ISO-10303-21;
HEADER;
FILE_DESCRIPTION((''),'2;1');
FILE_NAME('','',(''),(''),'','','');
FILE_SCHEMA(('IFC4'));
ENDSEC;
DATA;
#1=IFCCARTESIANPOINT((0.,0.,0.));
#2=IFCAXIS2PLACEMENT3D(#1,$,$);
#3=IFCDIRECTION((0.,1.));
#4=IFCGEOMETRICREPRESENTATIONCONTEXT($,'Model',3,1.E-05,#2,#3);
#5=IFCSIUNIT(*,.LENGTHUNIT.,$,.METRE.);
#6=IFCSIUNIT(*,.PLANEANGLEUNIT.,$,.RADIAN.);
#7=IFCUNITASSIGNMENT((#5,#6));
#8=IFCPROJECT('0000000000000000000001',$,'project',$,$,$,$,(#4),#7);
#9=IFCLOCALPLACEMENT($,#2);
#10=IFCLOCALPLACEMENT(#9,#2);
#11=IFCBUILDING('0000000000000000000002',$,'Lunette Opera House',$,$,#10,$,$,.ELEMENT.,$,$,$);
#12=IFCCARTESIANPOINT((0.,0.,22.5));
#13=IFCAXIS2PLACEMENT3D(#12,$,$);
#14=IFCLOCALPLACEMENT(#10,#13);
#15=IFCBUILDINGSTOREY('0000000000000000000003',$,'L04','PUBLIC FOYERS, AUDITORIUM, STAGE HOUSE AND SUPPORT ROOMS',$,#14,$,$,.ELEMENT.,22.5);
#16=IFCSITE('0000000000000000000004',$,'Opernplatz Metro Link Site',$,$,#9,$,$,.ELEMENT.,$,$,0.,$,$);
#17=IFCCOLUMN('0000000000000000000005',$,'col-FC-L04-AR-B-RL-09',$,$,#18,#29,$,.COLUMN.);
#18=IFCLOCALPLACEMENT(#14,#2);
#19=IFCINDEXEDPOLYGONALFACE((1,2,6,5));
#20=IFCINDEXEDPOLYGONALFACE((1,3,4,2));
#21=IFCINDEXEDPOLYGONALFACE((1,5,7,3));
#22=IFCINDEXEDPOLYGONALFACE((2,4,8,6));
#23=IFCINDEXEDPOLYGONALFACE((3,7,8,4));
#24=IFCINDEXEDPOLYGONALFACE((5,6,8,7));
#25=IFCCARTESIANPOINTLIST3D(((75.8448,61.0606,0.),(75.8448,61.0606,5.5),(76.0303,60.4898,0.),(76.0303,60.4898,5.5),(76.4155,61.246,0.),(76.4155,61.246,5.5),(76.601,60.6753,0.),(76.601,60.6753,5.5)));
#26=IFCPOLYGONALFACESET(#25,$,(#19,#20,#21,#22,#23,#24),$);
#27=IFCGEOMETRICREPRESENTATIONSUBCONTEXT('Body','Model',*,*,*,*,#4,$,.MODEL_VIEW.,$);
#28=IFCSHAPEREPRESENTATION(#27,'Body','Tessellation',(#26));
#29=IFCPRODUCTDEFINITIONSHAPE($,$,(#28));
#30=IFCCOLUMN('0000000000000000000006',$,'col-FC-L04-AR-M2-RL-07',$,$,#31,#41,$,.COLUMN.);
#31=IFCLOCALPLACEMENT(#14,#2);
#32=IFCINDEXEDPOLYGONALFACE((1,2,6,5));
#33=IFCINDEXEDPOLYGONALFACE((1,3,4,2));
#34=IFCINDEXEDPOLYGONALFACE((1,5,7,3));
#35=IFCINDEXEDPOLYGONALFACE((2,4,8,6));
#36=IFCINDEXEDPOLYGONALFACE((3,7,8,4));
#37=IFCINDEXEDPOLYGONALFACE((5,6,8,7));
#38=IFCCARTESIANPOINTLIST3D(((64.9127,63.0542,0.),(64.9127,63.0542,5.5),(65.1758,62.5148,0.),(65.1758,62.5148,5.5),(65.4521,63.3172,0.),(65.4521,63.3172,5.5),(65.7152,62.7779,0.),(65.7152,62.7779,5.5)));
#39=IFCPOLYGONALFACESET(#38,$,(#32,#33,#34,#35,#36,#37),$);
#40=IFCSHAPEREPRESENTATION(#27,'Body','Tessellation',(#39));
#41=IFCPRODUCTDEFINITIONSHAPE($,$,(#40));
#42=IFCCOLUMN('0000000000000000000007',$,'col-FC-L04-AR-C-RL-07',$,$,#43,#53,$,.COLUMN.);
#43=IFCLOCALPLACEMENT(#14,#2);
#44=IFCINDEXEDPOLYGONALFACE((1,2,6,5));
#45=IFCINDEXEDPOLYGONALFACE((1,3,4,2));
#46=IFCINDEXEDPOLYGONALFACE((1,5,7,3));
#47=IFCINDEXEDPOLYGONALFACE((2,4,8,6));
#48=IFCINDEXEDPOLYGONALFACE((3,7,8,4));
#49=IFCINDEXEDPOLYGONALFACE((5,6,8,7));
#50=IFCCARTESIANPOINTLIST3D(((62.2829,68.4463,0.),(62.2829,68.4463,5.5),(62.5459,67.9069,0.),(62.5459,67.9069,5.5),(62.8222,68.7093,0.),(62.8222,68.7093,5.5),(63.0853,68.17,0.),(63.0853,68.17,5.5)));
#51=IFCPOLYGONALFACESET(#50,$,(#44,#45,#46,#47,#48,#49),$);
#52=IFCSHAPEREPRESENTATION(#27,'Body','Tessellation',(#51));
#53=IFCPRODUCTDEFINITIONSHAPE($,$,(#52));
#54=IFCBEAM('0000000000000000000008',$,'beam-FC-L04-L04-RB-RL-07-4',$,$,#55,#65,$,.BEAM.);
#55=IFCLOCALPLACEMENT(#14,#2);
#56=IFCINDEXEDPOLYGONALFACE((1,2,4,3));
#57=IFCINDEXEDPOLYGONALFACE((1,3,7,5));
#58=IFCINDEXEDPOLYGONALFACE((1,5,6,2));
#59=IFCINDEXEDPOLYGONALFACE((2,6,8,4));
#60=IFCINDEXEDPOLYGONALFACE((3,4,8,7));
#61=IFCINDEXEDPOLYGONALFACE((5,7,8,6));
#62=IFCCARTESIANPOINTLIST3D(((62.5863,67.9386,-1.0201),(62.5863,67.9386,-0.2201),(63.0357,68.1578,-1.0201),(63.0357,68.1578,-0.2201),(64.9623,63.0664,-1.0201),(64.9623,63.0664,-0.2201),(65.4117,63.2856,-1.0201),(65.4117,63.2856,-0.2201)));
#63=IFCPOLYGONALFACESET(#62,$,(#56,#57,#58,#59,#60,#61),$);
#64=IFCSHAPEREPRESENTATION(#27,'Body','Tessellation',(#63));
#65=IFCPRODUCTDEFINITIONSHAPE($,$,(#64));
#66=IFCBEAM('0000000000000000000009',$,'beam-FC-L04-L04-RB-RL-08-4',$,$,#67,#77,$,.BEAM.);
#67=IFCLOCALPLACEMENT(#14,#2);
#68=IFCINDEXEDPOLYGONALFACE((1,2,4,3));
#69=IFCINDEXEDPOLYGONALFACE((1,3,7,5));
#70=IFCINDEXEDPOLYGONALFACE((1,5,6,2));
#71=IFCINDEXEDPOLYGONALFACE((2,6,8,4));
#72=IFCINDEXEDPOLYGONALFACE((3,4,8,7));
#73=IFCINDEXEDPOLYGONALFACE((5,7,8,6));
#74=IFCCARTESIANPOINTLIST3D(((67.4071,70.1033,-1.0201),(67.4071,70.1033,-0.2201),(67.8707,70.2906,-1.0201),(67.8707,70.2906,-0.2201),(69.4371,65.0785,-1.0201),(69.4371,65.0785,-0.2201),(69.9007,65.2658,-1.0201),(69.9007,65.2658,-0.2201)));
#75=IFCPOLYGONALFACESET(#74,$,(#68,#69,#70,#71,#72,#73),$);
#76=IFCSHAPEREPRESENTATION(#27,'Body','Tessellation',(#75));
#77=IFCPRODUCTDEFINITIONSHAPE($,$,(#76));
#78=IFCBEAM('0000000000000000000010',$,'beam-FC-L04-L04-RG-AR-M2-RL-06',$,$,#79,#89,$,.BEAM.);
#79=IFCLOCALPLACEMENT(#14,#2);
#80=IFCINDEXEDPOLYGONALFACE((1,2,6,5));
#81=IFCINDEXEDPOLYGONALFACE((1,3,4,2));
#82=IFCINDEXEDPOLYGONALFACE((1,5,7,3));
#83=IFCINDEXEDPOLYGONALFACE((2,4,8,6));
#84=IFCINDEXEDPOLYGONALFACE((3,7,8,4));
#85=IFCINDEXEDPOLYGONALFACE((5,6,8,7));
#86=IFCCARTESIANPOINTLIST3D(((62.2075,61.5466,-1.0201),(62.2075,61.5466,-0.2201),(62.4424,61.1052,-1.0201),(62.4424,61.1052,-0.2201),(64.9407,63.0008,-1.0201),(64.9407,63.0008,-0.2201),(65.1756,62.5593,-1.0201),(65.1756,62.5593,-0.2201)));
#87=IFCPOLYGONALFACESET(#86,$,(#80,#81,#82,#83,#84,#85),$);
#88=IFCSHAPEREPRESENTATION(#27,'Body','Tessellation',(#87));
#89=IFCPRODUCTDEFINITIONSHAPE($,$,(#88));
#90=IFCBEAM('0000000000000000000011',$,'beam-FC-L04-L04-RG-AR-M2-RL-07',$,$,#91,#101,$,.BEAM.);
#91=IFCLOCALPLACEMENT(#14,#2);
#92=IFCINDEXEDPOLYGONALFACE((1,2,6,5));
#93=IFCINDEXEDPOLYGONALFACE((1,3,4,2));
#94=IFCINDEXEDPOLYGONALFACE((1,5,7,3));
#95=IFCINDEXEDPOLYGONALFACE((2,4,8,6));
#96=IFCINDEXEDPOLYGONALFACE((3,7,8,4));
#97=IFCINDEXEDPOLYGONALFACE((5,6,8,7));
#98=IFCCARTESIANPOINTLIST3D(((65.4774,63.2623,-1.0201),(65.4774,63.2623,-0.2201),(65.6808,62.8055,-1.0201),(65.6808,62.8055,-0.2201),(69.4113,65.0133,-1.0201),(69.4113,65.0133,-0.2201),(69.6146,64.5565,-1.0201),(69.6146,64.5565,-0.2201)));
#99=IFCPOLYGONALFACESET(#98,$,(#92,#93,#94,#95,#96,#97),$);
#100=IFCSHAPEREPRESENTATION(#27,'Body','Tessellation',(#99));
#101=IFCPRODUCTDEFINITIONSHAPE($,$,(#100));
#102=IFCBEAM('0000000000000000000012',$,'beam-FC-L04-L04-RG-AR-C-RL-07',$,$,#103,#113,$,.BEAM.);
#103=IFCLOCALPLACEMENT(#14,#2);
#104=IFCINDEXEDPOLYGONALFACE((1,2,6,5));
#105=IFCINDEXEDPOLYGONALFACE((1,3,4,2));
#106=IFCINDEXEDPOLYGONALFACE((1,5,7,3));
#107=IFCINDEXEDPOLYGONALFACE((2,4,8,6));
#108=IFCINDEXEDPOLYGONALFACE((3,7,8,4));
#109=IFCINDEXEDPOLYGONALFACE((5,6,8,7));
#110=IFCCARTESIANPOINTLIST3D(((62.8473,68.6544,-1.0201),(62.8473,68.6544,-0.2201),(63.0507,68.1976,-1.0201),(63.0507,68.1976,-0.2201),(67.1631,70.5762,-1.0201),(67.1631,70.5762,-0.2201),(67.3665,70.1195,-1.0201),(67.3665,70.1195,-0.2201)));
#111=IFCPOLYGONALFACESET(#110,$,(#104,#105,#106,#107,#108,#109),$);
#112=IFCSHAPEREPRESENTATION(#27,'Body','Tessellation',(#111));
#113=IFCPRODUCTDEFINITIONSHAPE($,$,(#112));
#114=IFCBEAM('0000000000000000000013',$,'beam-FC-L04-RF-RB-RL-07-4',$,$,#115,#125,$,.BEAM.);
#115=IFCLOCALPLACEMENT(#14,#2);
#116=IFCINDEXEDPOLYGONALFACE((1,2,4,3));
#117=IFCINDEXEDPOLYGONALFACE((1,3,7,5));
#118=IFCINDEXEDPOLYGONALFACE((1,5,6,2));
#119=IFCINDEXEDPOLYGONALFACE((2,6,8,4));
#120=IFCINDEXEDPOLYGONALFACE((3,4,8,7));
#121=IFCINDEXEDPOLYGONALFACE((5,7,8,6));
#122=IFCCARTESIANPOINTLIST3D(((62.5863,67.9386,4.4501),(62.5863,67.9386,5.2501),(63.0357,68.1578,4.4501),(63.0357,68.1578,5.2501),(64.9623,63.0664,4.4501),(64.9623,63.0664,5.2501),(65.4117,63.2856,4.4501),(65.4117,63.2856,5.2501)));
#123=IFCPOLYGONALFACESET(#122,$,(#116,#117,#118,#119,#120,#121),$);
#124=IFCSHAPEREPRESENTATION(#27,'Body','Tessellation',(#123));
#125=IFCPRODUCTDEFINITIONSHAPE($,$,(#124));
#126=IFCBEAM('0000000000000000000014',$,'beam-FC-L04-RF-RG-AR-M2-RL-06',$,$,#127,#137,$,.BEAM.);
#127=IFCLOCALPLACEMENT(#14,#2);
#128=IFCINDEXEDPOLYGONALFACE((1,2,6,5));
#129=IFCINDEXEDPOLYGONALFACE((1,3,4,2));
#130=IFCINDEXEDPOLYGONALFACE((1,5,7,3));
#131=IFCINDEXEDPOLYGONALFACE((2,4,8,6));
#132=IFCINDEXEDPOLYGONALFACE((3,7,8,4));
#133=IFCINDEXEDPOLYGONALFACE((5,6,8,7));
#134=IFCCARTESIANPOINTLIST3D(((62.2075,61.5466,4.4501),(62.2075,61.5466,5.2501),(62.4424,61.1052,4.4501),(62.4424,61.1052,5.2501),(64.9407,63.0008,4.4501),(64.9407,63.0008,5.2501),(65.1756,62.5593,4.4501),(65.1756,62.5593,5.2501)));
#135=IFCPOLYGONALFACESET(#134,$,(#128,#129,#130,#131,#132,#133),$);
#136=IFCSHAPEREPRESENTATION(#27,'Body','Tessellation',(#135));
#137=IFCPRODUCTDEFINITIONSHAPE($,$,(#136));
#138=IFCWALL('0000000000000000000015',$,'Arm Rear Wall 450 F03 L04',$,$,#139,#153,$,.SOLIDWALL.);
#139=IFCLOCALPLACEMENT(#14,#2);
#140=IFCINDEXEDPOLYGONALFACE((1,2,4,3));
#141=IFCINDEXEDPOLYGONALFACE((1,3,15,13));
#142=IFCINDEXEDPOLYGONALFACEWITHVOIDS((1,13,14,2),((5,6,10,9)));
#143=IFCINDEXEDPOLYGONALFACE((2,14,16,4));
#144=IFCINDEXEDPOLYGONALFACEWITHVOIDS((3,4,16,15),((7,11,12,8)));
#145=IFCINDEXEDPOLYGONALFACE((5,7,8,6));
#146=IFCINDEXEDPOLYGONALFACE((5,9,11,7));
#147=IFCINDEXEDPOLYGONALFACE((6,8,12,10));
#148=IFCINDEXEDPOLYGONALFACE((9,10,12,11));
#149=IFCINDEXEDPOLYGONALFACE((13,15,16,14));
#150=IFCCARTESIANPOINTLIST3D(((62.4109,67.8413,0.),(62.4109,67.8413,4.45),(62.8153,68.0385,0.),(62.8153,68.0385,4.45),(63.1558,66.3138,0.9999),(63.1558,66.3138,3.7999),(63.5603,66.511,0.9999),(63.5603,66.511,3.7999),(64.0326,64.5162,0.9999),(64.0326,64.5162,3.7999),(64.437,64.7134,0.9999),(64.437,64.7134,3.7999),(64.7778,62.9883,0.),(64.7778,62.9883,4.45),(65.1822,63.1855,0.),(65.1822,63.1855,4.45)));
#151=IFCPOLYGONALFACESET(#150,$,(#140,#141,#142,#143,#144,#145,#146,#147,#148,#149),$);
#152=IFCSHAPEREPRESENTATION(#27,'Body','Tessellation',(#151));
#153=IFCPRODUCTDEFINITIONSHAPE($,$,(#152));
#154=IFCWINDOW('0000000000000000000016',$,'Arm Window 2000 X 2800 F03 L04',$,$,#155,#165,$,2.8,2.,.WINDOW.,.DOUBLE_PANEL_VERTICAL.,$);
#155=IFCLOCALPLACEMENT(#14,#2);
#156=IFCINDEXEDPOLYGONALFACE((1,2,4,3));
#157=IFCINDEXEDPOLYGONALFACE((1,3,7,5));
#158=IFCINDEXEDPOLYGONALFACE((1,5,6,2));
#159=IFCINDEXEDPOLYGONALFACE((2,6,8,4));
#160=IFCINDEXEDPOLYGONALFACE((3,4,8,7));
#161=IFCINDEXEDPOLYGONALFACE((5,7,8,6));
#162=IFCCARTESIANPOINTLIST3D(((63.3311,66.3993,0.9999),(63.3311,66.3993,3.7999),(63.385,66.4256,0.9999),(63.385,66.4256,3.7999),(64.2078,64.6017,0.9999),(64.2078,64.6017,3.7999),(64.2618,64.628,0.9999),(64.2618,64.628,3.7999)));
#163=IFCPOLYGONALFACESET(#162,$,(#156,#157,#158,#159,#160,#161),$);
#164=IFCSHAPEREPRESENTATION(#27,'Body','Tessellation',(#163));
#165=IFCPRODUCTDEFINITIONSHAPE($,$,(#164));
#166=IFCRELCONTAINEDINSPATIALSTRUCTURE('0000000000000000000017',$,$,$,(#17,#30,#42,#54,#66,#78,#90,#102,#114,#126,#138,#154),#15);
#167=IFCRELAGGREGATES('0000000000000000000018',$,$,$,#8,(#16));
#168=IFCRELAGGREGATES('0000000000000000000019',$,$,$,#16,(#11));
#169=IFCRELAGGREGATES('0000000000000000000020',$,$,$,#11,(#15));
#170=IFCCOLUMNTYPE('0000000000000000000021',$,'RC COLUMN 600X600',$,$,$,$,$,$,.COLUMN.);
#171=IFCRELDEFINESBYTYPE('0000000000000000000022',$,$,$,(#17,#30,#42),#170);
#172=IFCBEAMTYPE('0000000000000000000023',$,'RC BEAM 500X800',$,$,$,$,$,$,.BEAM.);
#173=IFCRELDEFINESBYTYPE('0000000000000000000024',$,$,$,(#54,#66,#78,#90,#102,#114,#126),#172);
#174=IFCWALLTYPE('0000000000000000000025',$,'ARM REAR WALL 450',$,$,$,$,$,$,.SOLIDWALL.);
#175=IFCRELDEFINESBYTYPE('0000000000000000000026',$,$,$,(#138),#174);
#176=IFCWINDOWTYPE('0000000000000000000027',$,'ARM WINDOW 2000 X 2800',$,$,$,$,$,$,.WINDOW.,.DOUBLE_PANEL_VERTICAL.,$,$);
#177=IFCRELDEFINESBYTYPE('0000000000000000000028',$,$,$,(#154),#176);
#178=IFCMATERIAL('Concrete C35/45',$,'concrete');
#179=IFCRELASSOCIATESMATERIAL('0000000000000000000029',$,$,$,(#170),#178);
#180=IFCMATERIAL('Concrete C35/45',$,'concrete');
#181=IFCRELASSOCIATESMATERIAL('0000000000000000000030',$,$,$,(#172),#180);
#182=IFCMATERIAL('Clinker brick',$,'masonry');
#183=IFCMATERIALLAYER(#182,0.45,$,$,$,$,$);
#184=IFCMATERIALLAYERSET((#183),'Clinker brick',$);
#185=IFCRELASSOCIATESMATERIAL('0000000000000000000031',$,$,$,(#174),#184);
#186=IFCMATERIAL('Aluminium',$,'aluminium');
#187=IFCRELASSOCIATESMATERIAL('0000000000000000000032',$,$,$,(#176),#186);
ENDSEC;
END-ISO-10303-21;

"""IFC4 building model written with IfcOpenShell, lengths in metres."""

from ifc_helpers import new_model, si_unit, direction, frame, frame_2d, origin, origin_2d, place, context, subcontext, project, spatial, rectangle, extrude, material, layer, layer_set, material_profile, profile_set, type_object, element, fill, save


model = new_model("IFC4")

# Units and contexts
model_context = context("Model", 3, precision=1e-05, world=origin(), true_north=direction((0.0, 1.0)))
body_context = subcontext(model_context, "Body", "Model", "MODEL_VIEW")
ifc_project = project(units=[si_unit("LENGTHUNIT", "METRE"), si_unit("PLANEANGLEUNIT", "RADIAN")], contexts=[model_context])

# Site, building, storey
site_placement = place(None, origin())
site = spatial("IfcSite", under=ifc_project, at=site_placement, Name="Opernplatz Metro Link Site", CompositionType="ELEMENT", RefElevation=0.0)
building_placement = place(site_placement, origin())
building = spatial("IfcBuilding", under=site, at=building_placement, Name="Lunette Opera House", CompositionType="ELEMENT")
storey_placement = place(building_placement, frame((0.0, 0.0, 22.5)))
storey = spatial("IfcBuildingStorey", under=building, at=storey_placement, Name="L04", Description="PUBLIC FOYERS, AUDITORIUM, STAGE HOUSE AND SUPPORT ROOMS", CompositionType="ELEMENT", Elevation=22.5)

# Columns
ifc_material_1 = material(Name="Concrete C35/45", Category="concrete")
ifc_material_profile_1 = material_profile(ifc_material_1, rectangle(XDim=0.6001, YDim=0.6001, at=origin_2d()), Name="RC COLUMN 600X600")
ifc_profile_set_1 = profile_set([ifc_material_profile_1], Name="Concrete C35/45")
column_type = type_object("IfcColumnType", Name="RC COLUMN 600X600", PredefinedType="COLUMN", material=ifc_profile_set_1)
for number, where, z_axis, x_axis, name in (
    (1, (76.2229, 60.8679, 0.0), (0.0, 0.0, 1.0), (0.951057, 0.309017, 0.0), "col-FC-L04-AR-B-RL-09"),
    (2, (65.314, 62.916, 0.0), (0.0, 0.0, 1.0), (0.898794, 0.438371, 0.0), "col-FC-L04-AR-M2-RL-07"),
    (3, (62.6841, 68.3081, 0.0), (0.0, 0.0, 1.0), (0.898794, 0.438371, 0.0), "col-FC-L04-AR-C-RL-07"),
):
    element("IfcColumn", number, at=place(storey_placement, frame(where, z_axis=z_axis, x_axis=x_axis)), inside=storey, type_object=column_type, Name=name, PredefinedType="COLUMN", context=body_context, shape_type="SweptSolid", body=[
        extrude(rectangle(XDim=0.6001, YDim=0.6001, at=origin_2d()), origin(), (0.0, 0.0, 1.0), 5.5),
    ])

# Beams
ifc_material_2 = material(Name="Concrete C35/45", Category="concrete")
ifc_material_profile_2 = material_profile(ifc_material_2, rectangle(XDim=0.5, YDim=0.8, at=origin_2d()), Name="RC BEAM 500X800")
ifc_profile_set_2 = profile_set([ifc_material_profile_2], Name="Concrete C35/45")
beam_type = type_object("IfcBeamType", Name="RC BEAM 500X800", PredefinedType="BEAM", material=ifc_profile_set_2)
beam_1_placement = place(storey_placement, frame((65.187, 63.176, -0.6201), z_axis=(-0.438328, 0.898815, 0.0), x_axis=(-0.898815, -0.438328, 0.0)))
element("IfcBeam", 4, at=beam_1_placement, inside=storey, type_object=beam_type, Name="beam-FC-L04-L04-RB-RL-07-4", PredefinedType="BEAM", context=body_context, shape_type="SweptSolid", body=[
    extrude(rectangle(XDim=0.5, YDim=0.8, at=origin_2d()), origin(), (0.0, 0.0, 1.0), 5.4207),
])
beam_2_placement = place(storey_placement, frame((69.6689, 65.1721, -0.6201), z_axis=(-0.374581, 0.927194, 0.0), x_axis=(-0.927194, -0.374581, 0.0)))
element("IfcBeam", 5, at=beam_2_placement, inside=storey, type_object=beam_type, Name="beam-FC-L04-L04-RB-RL-08-4", PredefinedType="BEAM", context=body_context, shape_type="SweptSolid", body=[
    extrude(rectangle(XDim=0.5, YDim=0.8, at=origin_2d()), origin(), (0.0, 0.0, 1.0), 5.4194),
])
beam_3_placement = place(storey_placement, frame((62.325, 61.3259, -0.6201), z_axis=(0.882833, 0.469688, 0.0), x_axis=(-0.469688, 0.882833, 0.0)))
element("IfcBeam", 6, at=beam_3_placement, inside=storey, type_object=beam_type, Name="beam-FC-L04-L04-RG-AR-M2-RL-06", PredefinedType="BEAM", context=body_context, shape_type="SweptSolid", body=[
    extrude(rectangle(XDim=0.5, YDim=0.8, at=origin_2d()), origin(), (0.0, 0.0, 1.0), 3.0959),
])
beam_4_placement = place(storey_placement, frame((65.5791, 63.0339, -0.6201), z_axis=(0.913587, 0.406643, 0.0), x_axis=(-0.406643, 0.913587, 0.0)))
element("IfcBeam", 7, at=beam_4_placement, inside=storey, type_object=beam_type, Name="beam-FC-L04-L04-RG-AR-M2-RL-07", PredefinedType="BEAM", context=body_context, shape_type="SweptSolid", body=[
    extrude(rectangle(XDim=0.5, YDim=0.8, at=origin_2d()), origin(), (0.0, 0.0, 1.0), 4.3059),
])
beam_5_placement = place(storey_placement, frame((62.949, 68.426, -0.6201), z_axis=(0.913522, 0.40679, 0.0), x_axis=(-0.40679, 0.913522, 0.0)))
element("IfcBeam", 8, at=beam_5_placement, inside=storey, type_object=beam_type, Name="beam-FC-L04-L04-RG-AR-C-RL-07", PredefinedType="BEAM", context=body_context, shape_type="SweptSolid", body=[
    extrude(rectangle(XDim=0.5, YDim=0.8, at=origin_2d()), origin(), (0.0, 0.0, 1.0), 4.7244),
])
beam_6_placement = place(storey_placement, frame((65.187, 63.176, 4.8501), z_axis=(-0.438328, 0.898815, 0.0), x_axis=(-0.898815, -0.438328, 0.0)))
element("IfcBeam", 9, at=beam_6_placement, inside=storey, type_object=beam_type, Name="beam-FC-L04-RF-RB-RL-07-4", PredefinedType="BEAM", context=body_context, shape_type="SweptSolid", body=[
    extrude(rectangle(XDim=0.5, YDim=0.8, at=origin_2d()), origin(), (0.0, 0.0, 1.0), 5.4207),
])
beam_7_placement = place(storey_placement, frame((62.325, 61.3259, 4.8501), z_axis=(0.882833, 0.469688, 0.0), x_axis=(-0.469688, 0.882833, 0.0)))
element("IfcBeam", 10, at=beam_7_placement, inside=storey, type_object=beam_type, Name="beam-FC-L04-RF-RG-AR-M2-RL-06", PredefinedType="BEAM", context=body_context, shape_type="SweptSolid", body=[
    extrude(rectangle(XDim=0.5, YDim=0.8, at=origin_2d()), origin(), (0.0, 0.0, 1.0), 3.0959),
])

# Wall, opening, window
ifc_material_3 = material(Name="Clinker brick", Category="masonry")
ifc_layer_1 = layer(ifc_material_3, 0.45)
ifc_layer_set_1 = layer_set([ifc_layer_1], Name="Clinker brick")
wall_type_1 = type_object("IfcWallType", Name="ARM REAR WALL 450", PredefinedType="SOLIDWALL", material=ifc_layer_set_1)
wall_1_placement = place(storey_placement, frame((64.98, 63.0869, 0.0), z_axis=(0.0, 0.0, 1.0), x_axis=(-0.438366, 0.898797, 0.0)))
wall_1 = element("IfcWall", 11, at=wall_1_placement, inside=storey, type_object=wall_type_1, Name="Arm Rear Wall 450 F03 L04", PredefinedType="SOLIDWALL", context=body_context, shape_type="SweptSolid", body=[
    extrude(rectangle(XDim=5.3994, YDim=0.45, at=frame_2d((2.6997, 0.0))), origin(), (0.0, 0.0, 1.0), 4.45),
])
opening_1_placement = place(wall_1_placement, frame((1.7, 0.0, 1.0)))
opening_1 = element("IfcOpeningElement", 12, at=opening_1_placement, cuts=wall_1, PredefinedType="OPENING", context=body_context, shape_type="SweptSolid", body=[
    extrude(rectangle(XDim=2.0, YDim=2.8, at=frame_2d((1.0, 1.3999))), frame((0.0, 0.2371, 0.0), z_axis=(0.0, -1.0, 0.0), x_axis=(1.0, 0.0, 0.0)), (0.0, 0.0, 1.0), 0.4739),
])
ifc_material_4 = material(Name="Aluminium", Category="aluminium")
window_type_1 = type_object("IfcWindowType", Name="ARM WINDOW 2000 X 2800", PartitioningType="DOUBLE_PANEL_VERTICAL", PredefinedType="WINDOW", material=ifc_material_4)
window_1_placement = place(opening_1_placement, origin())
window_1 = element("IfcWindow", 13, at=window_1_placement, inside=storey, type_object=window_type_1, Name="Arm Window 2000 X 2800 F03 L04", OverallHeight=2.8, OverallWidth=2.0, PartitioningType="DOUBLE_PANEL_VERTICAL", PredefinedType="WINDOW", context=body_context, shape_type="SweptSolid", body=[
    extrude(rectangle(XDim=2.0, YDim=2.8, at=frame_2d((1.0, 1.3999))), frame((0.0, 0.03, 0.0), z_axis=(0.0, -1.0, 0.0), x_axis=(1.0, 0.0, 0.0)), (0.0, 0.0, 1.0), 0.0601),
])
fill(opening_1, window_1)

save(model, "model.ifc")
